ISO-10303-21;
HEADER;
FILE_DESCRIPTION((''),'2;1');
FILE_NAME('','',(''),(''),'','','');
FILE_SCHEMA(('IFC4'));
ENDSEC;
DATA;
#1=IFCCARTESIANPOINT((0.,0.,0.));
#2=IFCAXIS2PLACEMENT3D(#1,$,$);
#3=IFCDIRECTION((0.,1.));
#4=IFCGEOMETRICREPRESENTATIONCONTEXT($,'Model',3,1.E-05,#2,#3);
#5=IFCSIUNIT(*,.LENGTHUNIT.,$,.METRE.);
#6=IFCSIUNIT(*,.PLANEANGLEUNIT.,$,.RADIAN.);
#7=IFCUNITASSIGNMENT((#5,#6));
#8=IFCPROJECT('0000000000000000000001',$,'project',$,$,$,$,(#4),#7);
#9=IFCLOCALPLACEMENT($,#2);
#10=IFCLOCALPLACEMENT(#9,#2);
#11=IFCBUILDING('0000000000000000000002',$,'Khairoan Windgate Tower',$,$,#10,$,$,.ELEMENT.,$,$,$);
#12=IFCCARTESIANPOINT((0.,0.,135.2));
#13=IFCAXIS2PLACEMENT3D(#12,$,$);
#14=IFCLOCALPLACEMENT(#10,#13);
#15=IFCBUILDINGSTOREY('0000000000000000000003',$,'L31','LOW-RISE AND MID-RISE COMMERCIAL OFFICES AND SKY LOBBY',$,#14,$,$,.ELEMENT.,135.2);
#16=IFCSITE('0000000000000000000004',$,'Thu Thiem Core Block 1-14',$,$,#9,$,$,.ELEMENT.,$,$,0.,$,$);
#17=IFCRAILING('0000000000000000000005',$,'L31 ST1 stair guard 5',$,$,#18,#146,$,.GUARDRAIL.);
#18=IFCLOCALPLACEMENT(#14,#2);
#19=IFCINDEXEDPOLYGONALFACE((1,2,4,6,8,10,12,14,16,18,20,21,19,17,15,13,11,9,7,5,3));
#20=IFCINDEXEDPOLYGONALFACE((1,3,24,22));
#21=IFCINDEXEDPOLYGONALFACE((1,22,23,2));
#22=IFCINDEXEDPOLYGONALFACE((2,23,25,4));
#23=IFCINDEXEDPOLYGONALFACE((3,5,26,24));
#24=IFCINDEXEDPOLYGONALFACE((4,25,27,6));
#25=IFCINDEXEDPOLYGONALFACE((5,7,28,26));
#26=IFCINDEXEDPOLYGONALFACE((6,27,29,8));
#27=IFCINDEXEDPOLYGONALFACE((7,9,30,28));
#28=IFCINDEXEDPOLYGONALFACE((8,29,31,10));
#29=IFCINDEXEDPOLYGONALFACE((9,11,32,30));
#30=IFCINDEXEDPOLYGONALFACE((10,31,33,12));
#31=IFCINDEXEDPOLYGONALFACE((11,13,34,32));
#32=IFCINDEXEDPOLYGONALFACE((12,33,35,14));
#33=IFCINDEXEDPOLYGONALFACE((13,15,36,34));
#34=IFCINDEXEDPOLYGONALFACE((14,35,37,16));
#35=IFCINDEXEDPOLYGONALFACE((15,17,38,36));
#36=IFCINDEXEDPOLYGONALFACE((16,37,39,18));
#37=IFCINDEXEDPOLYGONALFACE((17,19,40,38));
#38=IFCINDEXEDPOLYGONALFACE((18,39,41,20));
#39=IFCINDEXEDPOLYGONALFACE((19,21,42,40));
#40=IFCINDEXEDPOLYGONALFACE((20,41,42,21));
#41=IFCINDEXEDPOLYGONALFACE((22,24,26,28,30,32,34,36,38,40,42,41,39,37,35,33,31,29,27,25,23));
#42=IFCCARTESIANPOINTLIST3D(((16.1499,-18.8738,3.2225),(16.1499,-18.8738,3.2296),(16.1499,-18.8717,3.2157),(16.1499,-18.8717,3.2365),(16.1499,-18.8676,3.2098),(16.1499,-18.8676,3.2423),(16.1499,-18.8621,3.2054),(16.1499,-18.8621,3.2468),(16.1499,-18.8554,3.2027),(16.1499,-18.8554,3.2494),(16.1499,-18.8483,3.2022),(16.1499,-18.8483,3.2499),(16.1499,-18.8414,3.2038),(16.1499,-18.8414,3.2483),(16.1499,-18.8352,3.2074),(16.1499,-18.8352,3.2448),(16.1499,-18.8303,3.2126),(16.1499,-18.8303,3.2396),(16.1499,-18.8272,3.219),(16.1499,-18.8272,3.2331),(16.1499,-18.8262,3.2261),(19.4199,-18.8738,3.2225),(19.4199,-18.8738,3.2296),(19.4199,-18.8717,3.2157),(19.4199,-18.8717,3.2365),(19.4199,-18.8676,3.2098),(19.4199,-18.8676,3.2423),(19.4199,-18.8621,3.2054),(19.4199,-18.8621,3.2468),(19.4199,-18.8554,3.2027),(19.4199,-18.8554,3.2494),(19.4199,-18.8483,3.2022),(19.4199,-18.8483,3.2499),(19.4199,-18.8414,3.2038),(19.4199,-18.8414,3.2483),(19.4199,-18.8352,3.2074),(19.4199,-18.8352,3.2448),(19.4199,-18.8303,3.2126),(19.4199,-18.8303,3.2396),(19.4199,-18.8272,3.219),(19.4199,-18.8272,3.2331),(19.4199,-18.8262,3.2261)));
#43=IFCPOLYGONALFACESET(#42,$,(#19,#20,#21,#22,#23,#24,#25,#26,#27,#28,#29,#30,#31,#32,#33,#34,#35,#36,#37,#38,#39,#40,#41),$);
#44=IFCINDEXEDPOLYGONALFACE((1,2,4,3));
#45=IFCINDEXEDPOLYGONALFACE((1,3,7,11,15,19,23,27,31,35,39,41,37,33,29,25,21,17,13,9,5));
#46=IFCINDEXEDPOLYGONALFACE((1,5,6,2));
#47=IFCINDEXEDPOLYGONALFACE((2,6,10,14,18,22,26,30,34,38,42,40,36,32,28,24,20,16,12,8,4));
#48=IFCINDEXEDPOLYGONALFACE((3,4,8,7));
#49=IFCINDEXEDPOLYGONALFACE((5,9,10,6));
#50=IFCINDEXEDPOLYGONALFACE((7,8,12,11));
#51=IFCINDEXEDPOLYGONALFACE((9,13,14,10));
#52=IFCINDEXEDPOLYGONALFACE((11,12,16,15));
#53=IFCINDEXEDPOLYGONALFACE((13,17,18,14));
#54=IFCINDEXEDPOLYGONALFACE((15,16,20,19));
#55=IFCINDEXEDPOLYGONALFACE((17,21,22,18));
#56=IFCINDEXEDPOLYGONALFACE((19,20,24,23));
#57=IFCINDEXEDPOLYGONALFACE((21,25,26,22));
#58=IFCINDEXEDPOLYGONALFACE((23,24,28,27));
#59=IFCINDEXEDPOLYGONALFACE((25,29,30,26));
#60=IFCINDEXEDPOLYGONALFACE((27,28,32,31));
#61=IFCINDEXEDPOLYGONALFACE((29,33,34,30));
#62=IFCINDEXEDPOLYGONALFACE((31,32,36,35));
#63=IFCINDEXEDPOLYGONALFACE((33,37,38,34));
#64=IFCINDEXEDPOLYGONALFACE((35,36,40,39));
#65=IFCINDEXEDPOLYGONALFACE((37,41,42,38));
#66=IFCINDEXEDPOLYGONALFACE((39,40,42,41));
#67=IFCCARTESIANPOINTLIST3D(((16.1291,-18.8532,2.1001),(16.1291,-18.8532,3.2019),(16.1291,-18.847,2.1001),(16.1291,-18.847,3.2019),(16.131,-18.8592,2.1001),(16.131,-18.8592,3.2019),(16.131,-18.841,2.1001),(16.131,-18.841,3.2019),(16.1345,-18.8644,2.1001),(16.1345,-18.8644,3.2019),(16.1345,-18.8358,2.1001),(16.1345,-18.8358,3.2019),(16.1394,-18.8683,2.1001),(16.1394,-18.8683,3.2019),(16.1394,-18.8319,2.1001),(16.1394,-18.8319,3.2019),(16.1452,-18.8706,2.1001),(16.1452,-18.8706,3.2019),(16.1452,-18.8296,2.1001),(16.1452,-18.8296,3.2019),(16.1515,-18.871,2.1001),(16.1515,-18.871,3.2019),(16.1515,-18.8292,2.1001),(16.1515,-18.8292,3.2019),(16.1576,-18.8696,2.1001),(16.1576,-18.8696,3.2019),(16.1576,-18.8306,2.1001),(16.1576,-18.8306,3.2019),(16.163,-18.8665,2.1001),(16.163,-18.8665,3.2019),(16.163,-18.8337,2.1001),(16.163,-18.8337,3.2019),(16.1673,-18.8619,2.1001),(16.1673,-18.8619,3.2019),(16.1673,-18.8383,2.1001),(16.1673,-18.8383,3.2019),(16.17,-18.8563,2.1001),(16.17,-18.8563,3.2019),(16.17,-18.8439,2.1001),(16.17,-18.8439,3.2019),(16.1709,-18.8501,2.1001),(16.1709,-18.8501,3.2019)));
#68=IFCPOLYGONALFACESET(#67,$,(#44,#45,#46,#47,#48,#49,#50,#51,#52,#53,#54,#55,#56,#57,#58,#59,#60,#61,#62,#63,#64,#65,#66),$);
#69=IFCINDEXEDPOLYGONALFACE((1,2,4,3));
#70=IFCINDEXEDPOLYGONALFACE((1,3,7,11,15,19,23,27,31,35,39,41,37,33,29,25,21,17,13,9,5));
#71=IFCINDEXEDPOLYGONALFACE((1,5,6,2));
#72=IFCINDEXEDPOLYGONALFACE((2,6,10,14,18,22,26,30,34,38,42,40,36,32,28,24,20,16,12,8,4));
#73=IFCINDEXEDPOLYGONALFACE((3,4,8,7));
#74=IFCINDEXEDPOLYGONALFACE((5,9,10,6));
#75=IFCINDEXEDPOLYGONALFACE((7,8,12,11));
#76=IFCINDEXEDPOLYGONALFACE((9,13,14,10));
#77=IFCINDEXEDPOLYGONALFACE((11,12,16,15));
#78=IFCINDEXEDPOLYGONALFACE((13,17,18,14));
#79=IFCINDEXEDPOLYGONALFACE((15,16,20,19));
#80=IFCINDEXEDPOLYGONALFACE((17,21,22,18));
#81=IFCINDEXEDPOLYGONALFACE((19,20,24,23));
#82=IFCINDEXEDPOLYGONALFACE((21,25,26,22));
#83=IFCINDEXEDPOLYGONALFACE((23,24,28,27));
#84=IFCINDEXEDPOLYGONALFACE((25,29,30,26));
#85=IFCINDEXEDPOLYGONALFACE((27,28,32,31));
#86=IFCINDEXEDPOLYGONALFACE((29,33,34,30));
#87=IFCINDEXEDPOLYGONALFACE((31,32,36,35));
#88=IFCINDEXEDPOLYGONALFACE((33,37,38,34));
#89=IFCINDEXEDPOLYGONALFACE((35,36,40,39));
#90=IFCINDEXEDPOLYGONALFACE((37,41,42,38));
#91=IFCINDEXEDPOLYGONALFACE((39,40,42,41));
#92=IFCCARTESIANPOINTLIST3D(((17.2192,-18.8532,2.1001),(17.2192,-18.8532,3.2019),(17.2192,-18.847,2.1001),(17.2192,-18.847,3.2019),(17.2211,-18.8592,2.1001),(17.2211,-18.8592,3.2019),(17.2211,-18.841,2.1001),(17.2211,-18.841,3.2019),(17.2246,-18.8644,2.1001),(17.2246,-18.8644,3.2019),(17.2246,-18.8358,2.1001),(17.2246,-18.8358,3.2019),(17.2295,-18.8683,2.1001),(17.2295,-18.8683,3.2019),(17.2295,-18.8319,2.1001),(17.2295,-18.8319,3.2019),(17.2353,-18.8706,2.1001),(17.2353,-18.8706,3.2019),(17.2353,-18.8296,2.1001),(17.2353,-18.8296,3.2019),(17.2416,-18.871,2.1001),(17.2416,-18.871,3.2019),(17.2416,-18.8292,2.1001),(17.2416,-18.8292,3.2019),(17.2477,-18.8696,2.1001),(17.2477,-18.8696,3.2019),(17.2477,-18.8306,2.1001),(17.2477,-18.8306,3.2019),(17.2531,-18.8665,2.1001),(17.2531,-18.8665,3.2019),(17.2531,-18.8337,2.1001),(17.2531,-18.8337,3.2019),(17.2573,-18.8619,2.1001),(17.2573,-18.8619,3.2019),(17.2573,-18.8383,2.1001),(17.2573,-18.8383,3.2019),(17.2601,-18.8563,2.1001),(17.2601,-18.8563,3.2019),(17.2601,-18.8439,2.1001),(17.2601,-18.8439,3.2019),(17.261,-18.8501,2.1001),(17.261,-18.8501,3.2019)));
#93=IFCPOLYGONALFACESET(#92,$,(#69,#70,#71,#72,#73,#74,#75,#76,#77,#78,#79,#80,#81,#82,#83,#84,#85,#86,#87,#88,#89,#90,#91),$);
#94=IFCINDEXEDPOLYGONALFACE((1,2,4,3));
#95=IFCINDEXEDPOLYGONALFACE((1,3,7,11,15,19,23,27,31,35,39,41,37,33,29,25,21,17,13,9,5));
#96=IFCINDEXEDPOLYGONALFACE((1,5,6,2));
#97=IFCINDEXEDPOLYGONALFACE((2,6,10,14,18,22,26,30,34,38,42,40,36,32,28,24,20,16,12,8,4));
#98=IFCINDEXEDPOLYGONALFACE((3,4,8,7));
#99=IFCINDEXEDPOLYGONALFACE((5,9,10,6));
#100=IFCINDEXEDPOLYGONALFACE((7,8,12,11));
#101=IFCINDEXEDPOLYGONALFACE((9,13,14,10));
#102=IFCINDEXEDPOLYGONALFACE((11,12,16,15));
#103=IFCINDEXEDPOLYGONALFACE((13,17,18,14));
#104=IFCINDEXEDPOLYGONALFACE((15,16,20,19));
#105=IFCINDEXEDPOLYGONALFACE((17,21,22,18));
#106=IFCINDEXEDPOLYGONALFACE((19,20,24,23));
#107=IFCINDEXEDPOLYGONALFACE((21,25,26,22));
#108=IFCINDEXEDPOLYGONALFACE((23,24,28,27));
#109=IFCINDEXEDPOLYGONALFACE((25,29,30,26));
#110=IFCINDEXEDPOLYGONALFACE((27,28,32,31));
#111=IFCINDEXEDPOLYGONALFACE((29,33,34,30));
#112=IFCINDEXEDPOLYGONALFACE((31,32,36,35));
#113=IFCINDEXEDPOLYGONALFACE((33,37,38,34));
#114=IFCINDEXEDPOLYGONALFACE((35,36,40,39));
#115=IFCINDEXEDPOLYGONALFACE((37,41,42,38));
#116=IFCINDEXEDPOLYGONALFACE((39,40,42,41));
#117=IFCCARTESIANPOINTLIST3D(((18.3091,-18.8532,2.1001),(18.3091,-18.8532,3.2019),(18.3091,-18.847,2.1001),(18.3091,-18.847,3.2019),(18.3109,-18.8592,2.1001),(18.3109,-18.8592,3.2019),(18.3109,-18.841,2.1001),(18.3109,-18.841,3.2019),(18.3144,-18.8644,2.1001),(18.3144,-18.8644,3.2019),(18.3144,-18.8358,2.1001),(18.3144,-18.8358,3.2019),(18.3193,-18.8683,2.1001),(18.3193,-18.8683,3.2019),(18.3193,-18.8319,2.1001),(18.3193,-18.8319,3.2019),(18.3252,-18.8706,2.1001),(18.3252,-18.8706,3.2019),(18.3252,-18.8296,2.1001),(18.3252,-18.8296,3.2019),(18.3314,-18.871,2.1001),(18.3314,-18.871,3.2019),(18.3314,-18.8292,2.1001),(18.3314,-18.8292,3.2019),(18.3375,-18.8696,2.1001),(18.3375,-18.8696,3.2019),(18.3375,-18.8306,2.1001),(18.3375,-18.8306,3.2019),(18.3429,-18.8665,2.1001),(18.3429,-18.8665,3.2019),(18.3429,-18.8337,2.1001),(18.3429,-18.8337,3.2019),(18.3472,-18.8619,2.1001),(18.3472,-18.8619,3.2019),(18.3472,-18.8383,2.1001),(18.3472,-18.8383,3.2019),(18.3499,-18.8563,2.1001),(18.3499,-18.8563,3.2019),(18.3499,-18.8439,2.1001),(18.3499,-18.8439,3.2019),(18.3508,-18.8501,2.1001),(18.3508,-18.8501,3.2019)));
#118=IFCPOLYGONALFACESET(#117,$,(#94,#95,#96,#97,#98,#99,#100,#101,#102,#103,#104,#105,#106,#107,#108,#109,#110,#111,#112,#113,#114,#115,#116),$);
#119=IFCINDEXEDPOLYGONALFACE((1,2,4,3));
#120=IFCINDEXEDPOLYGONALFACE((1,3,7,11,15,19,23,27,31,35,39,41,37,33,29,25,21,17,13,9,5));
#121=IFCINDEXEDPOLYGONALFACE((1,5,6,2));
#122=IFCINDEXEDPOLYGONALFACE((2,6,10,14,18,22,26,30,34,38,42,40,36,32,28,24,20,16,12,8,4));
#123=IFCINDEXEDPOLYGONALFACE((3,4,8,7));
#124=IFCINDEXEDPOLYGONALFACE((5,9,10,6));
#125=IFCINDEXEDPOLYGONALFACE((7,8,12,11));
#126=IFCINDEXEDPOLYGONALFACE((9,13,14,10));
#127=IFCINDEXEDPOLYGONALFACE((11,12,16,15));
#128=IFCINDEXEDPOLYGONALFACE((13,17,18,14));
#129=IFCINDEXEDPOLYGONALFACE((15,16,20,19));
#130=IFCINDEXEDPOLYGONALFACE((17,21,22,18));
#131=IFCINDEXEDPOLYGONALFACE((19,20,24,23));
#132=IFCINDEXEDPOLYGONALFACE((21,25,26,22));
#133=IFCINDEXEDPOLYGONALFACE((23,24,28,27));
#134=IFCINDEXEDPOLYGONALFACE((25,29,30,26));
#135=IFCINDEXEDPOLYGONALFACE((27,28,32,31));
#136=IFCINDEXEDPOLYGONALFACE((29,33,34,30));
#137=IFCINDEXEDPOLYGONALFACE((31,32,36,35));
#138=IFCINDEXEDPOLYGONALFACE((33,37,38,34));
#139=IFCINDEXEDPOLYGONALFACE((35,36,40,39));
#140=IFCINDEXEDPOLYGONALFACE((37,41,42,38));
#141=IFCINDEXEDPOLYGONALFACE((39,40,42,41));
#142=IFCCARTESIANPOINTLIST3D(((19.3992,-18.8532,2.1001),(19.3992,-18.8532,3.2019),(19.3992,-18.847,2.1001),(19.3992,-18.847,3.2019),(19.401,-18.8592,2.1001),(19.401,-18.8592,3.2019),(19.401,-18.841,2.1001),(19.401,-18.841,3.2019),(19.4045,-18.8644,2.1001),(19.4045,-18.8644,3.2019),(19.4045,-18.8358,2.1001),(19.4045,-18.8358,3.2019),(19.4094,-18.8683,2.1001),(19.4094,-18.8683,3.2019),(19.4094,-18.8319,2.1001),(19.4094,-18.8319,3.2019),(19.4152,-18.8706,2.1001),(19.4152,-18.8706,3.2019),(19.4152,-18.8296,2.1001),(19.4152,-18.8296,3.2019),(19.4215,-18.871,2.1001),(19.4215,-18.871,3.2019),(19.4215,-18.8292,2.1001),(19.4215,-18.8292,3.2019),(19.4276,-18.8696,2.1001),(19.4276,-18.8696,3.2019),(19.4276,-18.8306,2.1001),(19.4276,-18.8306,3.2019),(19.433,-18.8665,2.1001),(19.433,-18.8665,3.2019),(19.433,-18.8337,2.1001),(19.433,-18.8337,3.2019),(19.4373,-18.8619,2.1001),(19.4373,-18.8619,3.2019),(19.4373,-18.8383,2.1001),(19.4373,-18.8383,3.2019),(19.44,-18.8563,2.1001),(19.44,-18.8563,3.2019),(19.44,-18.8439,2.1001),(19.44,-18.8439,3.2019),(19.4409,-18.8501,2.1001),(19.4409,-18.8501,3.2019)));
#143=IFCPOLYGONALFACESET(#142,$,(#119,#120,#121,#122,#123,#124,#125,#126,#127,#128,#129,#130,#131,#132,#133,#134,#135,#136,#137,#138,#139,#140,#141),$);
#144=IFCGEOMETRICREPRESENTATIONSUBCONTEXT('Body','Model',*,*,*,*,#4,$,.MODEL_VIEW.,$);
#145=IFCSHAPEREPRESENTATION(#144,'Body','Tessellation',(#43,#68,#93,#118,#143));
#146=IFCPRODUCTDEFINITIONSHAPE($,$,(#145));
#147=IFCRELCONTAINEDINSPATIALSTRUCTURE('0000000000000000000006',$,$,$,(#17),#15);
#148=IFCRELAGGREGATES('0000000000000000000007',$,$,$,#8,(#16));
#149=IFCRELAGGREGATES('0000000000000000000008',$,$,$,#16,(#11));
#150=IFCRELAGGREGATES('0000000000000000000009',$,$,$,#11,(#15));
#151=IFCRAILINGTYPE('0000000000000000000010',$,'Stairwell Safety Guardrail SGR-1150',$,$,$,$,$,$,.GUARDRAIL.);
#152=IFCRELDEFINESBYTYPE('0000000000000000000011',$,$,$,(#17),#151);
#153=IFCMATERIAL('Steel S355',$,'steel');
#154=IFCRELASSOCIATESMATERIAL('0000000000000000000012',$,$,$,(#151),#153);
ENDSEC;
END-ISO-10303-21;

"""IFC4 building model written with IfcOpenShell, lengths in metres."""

from ifc_helpers import new_model, si_unit, direction, frame, origin, origin_2d, place, context, subcontext, project, spatial, circle, extrude, material, type_object, element, save


model = new_model("IFC4")

# Units and contexts
model_context = context("Model", 3, precision=1e-05, world=origin(), true_north=direction((0.0, 1.0)))
body_context = subcontext(model_context, "Body", "Model", "MODEL_VIEW")
ifc_project = project(units=[si_unit("LENGTHUNIT", "METRE"), si_unit("PLANEANGLEUNIT", "RADIAN")], contexts=[model_context])

# Site, building, storey
site_placement = place(None, origin())
site = spatial("IfcSite", under=ifc_project, at=site_placement, Name="Thu Thiem Core Block 1-14", CompositionType="ELEMENT", RefElevation=0.0)
building_placement = place(site_placement, origin())
building = spatial("IfcBuilding", under=site, at=building_placement, Name="Khairoan Windgate Tower", CompositionType="ELEMENT")
storey_placement = place(building_placement, frame((0.0, 0.0, 135.2)))
storey = spatial("IfcBuildingStorey", under=building, at=storey_placement, Name="L31", Description="LOW-RISE AND MID-RISE COMMERCIAL OFFICES AND SKY LOBBY", CompositionType="ELEMENT", Elevation=135.2)

# Railing
ifc_material_1 = material(Name="Steel S355", Category="steel")
railing_type = type_object("IfcRailingType", Name="Stairwell Safety Guardrail SGR-1150", PredefinedType="GUARDRAIL", material=ifc_material_1)
railing_1_placement = place(storey_placement, frame((16.1499, -18.8501, 2.1001)))
element("IfcRailing", 1, at=railing_1_placement, inside=storey, type_object=railing_type, Name="L31 ST1 stair guard 5", PredefinedType="GUARDRAIL", context=body_context, shape_type="SweptSolid", body=[
    extrude(circle(Radius=0.0239, at=origin_2d()), frame((0.0, 0.0, 1.126), z_axis=(1.0, 0.0, 0.0), x_axis=(0.0, 1.0, 0.0)), (0.0, 0.0, 1.0), 3.27),
    extrude(circle(Radius=0.021, at=origin_2d()), origin(), (0.0, 0.0, 1.0), 1.1018),
    extrude(circle(Radius=0.021, at=origin_2d()), frame((1.0901, 0.0, 0.0)), (0.0, 0.0, 1.0), 1.1018),
    extrude(circle(Radius=0.021, at=origin_2d()), frame((2.1799, 0.0, 0.0)), (0.0, 0.0, 1.0), 1.1018),
    extrude(circle(Radius=0.021, at=origin_2d()), frame((3.27, 0.0, 0.0)), (0.0, 0.0, 1.0), 1.1018),
])

save(model, "model.ifc")
